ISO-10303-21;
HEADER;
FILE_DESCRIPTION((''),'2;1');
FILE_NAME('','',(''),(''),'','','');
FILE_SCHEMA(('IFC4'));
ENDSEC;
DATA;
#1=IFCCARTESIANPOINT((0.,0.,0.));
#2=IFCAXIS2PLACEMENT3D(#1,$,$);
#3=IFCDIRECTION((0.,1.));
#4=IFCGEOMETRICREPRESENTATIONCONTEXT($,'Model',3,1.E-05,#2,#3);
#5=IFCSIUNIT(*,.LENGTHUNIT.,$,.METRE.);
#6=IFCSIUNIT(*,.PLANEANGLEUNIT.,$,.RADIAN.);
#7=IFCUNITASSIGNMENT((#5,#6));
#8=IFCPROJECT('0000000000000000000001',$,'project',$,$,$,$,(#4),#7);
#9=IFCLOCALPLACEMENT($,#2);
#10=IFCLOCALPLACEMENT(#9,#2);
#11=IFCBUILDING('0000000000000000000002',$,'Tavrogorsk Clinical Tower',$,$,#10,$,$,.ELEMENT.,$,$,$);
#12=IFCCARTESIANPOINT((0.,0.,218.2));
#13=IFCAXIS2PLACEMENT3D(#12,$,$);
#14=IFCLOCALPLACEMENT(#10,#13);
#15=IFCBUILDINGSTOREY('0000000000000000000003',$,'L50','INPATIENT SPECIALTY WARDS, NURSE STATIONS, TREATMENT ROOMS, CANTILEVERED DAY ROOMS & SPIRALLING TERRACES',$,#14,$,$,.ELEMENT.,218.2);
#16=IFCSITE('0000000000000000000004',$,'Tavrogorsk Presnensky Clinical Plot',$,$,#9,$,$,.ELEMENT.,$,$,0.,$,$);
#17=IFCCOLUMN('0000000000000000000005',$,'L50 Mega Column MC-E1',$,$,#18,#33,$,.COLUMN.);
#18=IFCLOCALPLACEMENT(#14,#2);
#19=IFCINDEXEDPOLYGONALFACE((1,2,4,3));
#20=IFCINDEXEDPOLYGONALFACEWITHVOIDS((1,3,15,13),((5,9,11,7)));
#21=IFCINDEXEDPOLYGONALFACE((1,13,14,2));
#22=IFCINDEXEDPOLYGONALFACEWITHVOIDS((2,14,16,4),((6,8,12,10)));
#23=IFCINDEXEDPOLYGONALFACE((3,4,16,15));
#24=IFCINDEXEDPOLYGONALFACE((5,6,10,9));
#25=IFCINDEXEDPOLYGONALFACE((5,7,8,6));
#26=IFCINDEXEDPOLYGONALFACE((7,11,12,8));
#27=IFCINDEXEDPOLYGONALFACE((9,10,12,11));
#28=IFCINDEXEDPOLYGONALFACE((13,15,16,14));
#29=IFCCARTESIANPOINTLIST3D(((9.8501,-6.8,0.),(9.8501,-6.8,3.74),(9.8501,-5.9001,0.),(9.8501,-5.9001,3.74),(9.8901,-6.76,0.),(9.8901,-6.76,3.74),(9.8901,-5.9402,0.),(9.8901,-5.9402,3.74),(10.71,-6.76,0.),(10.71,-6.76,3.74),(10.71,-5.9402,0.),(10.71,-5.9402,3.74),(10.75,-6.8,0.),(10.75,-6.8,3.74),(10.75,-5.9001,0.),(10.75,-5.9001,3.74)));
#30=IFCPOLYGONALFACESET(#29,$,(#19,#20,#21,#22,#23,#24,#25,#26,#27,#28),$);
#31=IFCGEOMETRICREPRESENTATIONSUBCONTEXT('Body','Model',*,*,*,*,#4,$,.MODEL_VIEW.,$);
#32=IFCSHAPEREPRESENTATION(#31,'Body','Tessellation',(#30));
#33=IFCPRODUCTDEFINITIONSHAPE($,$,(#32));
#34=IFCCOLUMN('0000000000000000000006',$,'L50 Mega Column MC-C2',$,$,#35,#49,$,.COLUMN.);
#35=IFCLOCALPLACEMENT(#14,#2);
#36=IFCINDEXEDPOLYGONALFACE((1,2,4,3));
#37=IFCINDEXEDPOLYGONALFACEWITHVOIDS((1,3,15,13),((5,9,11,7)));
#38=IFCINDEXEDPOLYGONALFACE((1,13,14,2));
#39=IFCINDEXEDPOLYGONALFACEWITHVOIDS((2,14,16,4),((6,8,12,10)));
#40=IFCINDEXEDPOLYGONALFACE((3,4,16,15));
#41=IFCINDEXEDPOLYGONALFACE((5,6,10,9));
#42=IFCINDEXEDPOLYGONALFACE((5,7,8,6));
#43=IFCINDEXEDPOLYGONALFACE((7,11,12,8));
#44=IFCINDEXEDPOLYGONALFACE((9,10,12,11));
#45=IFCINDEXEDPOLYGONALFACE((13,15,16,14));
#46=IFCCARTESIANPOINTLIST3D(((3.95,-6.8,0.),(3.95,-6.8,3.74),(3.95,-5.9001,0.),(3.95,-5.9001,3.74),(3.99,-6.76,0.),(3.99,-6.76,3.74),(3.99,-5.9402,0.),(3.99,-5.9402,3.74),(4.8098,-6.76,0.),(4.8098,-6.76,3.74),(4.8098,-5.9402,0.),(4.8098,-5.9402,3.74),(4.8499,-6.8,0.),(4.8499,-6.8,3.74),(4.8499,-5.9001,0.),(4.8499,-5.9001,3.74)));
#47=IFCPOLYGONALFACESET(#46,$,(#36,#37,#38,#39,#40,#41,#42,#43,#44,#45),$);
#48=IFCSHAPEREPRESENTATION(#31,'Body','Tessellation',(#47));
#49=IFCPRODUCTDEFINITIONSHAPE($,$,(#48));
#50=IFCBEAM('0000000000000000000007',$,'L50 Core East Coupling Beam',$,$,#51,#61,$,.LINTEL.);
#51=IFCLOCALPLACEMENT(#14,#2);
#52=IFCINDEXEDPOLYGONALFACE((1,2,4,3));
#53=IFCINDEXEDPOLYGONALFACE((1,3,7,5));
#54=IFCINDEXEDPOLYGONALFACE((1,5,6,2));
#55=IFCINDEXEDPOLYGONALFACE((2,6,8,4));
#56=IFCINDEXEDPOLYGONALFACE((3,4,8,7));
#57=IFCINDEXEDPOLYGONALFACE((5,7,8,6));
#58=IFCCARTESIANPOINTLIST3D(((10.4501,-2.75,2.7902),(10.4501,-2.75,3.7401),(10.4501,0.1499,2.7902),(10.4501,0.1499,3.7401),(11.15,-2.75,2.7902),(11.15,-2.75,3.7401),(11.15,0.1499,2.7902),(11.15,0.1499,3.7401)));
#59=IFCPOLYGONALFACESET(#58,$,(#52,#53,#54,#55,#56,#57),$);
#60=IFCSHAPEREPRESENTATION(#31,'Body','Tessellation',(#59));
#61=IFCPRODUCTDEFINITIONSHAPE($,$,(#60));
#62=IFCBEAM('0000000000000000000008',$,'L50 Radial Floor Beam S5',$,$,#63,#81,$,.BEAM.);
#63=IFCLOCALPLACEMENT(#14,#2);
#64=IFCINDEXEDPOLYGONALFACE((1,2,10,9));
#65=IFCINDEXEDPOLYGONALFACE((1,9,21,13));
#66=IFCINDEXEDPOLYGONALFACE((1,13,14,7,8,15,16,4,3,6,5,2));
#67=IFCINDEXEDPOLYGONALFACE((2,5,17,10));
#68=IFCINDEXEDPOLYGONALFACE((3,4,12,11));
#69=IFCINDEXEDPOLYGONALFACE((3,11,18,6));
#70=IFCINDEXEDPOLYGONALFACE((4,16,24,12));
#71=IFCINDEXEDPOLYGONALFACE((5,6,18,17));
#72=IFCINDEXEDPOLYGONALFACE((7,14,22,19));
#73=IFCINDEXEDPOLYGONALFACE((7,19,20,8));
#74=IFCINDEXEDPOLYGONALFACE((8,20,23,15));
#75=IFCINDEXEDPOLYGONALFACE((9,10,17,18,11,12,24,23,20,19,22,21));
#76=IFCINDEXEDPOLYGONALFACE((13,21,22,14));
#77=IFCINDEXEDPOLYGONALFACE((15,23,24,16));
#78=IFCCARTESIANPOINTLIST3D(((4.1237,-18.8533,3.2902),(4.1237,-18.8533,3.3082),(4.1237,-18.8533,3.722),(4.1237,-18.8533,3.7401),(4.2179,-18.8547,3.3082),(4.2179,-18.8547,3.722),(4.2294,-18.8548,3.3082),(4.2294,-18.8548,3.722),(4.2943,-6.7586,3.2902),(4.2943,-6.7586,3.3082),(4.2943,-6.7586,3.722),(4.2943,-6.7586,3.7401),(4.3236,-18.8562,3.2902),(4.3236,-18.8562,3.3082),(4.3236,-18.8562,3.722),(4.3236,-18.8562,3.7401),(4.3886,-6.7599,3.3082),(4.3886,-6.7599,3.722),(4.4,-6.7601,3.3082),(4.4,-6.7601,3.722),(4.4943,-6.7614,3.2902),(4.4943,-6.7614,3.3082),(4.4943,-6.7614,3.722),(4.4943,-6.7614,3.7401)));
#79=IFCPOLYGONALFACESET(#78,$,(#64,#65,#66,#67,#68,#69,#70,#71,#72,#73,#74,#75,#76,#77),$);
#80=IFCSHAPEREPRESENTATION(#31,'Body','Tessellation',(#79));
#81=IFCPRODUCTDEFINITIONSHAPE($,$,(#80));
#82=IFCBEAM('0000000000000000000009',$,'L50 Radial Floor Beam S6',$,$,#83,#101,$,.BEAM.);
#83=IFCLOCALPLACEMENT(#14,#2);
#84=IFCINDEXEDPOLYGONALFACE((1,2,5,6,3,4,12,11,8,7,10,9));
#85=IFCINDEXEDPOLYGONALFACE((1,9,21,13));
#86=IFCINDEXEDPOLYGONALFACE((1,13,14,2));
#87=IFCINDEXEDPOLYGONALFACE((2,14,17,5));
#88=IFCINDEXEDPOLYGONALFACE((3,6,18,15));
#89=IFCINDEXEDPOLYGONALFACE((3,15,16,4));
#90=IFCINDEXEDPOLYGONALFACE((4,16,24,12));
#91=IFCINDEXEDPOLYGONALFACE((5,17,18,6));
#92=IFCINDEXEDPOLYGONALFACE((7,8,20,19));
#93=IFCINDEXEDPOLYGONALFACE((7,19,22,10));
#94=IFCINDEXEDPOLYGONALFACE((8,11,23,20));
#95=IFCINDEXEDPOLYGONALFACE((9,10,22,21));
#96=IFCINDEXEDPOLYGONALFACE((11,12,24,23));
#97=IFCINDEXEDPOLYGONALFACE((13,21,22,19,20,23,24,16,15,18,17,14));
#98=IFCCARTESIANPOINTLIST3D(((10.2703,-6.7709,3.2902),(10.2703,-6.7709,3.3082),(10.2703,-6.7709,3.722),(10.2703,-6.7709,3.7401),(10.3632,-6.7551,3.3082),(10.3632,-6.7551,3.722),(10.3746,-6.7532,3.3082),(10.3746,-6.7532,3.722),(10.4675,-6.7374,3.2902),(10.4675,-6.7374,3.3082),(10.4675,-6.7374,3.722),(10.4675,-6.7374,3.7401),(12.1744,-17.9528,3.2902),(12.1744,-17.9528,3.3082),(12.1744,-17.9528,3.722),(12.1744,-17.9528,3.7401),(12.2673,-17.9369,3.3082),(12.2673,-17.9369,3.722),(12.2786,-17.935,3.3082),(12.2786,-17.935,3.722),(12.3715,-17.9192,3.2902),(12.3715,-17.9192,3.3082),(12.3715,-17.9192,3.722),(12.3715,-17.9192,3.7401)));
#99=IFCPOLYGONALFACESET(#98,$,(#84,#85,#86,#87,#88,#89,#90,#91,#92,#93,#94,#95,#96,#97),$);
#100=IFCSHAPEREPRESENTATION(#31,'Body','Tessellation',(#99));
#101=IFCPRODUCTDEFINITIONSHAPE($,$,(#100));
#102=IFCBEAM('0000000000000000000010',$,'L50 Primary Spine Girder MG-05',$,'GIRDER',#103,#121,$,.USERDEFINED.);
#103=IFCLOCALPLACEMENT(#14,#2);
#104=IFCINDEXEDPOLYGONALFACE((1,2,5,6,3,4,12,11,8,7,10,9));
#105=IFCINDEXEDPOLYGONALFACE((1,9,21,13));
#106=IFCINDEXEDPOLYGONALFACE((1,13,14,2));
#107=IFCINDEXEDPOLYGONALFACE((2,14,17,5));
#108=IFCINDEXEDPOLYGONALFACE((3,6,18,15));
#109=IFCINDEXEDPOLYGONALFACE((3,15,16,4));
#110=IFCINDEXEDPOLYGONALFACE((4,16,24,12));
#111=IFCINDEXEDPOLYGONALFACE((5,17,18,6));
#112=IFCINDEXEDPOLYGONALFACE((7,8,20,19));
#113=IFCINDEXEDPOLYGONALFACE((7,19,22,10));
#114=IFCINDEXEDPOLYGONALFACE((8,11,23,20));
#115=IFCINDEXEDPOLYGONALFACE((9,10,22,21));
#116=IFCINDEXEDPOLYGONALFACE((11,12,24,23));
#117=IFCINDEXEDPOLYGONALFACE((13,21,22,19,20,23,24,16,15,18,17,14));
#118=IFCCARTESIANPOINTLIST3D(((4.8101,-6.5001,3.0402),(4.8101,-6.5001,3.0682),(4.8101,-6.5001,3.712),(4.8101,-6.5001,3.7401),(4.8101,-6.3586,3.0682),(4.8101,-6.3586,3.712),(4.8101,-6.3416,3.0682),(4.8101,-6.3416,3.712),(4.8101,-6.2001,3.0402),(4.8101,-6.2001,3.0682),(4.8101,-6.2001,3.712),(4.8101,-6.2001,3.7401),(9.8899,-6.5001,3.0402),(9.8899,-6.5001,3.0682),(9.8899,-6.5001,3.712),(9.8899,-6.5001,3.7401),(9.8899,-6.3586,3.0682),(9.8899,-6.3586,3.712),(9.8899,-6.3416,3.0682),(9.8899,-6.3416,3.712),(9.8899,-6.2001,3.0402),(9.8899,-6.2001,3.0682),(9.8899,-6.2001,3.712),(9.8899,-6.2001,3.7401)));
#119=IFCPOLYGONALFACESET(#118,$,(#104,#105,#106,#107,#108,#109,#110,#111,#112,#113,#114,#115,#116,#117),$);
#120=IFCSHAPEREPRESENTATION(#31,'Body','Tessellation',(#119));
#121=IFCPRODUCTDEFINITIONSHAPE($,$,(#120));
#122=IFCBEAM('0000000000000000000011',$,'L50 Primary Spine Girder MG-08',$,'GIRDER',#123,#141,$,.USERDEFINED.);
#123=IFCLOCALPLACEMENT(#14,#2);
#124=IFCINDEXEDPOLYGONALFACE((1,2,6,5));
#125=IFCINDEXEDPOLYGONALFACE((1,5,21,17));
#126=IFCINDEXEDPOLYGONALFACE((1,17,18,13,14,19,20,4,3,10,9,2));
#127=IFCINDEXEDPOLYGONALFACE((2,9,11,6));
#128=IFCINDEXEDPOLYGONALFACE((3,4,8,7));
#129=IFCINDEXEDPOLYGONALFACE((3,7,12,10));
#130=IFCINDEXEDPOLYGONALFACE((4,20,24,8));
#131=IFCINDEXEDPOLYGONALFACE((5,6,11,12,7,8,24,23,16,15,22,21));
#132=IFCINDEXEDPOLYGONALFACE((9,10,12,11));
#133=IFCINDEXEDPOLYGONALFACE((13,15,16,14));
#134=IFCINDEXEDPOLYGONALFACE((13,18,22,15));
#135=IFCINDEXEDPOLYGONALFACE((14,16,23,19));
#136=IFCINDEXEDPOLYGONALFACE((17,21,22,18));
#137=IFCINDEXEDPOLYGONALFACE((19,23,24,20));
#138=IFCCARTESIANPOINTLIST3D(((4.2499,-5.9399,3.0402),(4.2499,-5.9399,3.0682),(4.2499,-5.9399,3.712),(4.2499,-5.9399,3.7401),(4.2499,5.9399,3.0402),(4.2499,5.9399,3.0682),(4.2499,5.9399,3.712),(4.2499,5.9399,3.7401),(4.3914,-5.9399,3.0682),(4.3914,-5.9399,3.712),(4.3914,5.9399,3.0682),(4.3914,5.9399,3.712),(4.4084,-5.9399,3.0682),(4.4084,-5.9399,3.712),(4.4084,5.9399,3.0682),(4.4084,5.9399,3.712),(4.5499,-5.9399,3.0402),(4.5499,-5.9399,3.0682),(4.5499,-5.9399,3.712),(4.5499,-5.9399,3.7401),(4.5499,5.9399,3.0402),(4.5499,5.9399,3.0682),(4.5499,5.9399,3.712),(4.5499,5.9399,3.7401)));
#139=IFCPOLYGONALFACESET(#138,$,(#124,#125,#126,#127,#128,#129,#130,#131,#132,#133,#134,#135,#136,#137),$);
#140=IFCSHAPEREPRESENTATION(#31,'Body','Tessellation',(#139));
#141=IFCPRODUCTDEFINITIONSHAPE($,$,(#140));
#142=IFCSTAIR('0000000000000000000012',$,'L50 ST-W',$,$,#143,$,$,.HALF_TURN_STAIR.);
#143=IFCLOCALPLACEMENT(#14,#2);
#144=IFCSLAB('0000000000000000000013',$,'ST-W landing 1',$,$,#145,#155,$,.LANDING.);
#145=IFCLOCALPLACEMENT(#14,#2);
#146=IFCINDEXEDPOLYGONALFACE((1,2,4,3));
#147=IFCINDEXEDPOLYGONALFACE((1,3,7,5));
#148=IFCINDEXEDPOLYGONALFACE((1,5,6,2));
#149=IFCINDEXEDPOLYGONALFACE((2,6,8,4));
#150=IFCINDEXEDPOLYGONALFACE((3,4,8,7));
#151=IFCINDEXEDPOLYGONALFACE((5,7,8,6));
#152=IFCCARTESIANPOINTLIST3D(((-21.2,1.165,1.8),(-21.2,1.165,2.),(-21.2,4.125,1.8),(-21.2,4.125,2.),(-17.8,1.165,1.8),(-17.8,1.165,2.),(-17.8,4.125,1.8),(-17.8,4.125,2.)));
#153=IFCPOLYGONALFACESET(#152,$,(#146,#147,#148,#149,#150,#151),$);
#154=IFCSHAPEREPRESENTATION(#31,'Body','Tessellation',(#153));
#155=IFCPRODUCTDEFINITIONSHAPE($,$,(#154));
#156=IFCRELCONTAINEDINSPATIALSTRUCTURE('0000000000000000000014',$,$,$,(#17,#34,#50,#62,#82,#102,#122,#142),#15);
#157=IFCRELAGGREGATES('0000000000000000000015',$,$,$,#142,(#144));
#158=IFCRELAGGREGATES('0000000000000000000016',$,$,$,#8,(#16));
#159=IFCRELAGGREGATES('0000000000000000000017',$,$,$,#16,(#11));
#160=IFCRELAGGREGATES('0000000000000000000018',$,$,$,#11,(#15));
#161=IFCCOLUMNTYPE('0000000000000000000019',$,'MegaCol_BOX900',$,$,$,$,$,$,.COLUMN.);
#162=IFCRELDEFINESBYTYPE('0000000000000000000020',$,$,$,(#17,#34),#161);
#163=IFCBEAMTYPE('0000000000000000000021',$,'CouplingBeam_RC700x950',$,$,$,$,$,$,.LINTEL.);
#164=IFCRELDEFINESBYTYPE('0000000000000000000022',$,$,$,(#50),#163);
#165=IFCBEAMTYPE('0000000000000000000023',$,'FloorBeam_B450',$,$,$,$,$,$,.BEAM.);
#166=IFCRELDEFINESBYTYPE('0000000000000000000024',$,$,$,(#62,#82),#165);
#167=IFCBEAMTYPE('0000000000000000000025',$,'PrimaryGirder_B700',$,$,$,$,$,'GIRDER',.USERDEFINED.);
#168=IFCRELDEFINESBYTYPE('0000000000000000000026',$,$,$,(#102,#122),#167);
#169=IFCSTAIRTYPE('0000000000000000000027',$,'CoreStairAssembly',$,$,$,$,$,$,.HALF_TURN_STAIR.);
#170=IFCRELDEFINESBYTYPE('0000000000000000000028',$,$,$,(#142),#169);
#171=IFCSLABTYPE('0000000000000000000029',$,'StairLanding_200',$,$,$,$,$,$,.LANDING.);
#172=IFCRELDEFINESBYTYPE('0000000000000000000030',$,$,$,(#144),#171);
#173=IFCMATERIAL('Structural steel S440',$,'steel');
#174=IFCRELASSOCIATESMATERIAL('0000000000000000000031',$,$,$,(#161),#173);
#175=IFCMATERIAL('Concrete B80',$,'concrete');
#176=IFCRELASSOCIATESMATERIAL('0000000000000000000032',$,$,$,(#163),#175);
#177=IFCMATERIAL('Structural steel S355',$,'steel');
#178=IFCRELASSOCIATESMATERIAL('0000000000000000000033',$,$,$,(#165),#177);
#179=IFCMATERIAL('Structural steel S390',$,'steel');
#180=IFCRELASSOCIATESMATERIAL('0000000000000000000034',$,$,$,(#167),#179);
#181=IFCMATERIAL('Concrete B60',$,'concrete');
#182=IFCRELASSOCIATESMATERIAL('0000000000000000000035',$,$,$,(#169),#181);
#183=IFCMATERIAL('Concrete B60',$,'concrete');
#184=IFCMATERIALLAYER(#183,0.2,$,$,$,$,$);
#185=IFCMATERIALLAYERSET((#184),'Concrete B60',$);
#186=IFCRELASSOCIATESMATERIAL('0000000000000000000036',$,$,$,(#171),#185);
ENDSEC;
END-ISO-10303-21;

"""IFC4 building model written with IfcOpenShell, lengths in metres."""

from ifc_helpers import new_model, si_unit, direction, frame, origin, origin_2d, place, context, subcontext, project, spatial, polyline, rectangle, hollow_rectangle, i_section, outline, extrude, material, layer, layer_set, material_profile, profile_set, type_object, element, aggregate, save


model = new_model("IFC4")

# Units and contexts
model_context = context("Model", 3, precision=1e-05, world=origin(), true_north=direction((0.0, 1.0)))
body_context = subcontext(model_context, "Body", "Model", "MODEL_VIEW")
ifc_project = project(units=[si_unit("LENGTHUNIT", "METRE"), si_unit("PLANEANGLEUNIT", "RADIAN")], contexts=[model_context])

# Site, building, storey
site_placement = place(None, origin())
site = spatial("IfcSite", under=ifc_project, at=site_placement, Name="Tavrogorsk Presnensky Clinical Plot", CompositionType="ELEMENT", RefElevation=0.0)
building_placement = place(site_placement, origin())
building = spatial("IfcBuilding", under=site, at=building_placement, Name="Tavrogorsk Clinical Tower", CompositionType="ELEMENT")
storey_placement = place(building_placement, frame((0.0, 0.0, 218.2)))
storey = spatial("IfcBuildingStorey", under=building, at=storey_placement, Name="L50", Description="INPATIENT SPECIALTY WARDS, NURSE STATIONS, TREATMENT ROOMS, CANTILEVERED DAY ROOMS & SPIRALLING TERRACES", CompositionType="ELEMENT", Elevation=218.2)

# Columns
ifc_material_1 = material(Name="Structural steel S440", Category="steel")
ifc_material_profile_1 = material_profile(ifc_material_1, hollow_rectangle(XDim=0.8999, YDim=0.8999, WallThickness=0.04, at=origin_2d()), Name="BOX-900x900x40")
ifc_profile_set_1 = profile_set([ifc_material_profile_1], Name="Structural steel S440")
column_type = type_object("IfcColumnType", Name="MegaCol_BOX900", PredefinedType="COLUMN", material=ifc_profile_set_1)
for number, where, z_axis, x_axis, name in (
    (1, (10.3, -6.3501, 0.0), (0.0, 0.0, 1.0), (1.0, 0.0, 0.0), "L50 Mega Column MC-E1"),
    (2, (4.3999, -6.3501, 0.0), (0.0, 0.0, 1.0), (1.0, 0.0, 0.0), "L50 Mega Column MC-C2"),
):
    element("IfcColumn", number, at=place(storey_placement, frame(where, z_axis=z_axis, x_axis=x_axis)), inside=storey, type_object=column_type, Name=name, PredefinedType="COLUMN", context=body_context, shape_type="SweptSolid", body=[
        extrude(hollow_rectangle(XDim=0.8999, YDim=0.8999, WallThickness=0.04, at=origin_2d()), origin(), (0.0, 0.0, 1.0), 3.74),
    ])

# Beams
ifc_material_2 = material(Name="Concrete B80", Category="concrete")
ifc_material_profile_2 = material_profile(ifc_material_2, rectangle(XDim=0.7, YDim=0.95, at=origin_2d()), Name="RC-CB-700x950")
ifc_profile_set_2 = profile_set([ifc_material_profile_2], Name="Concrete B80")
beam_type_1 = type_object("IfcBeamType", Name="CouplingBeam_RC700x950", PredefinedType="LINTEL", material=ifc_profile_set_2)
beam_1_placement = place(storey_placement, frame((10.8, -2.75, 3.2651), z_axis=(0.0, 1.0, 0.0), x_axis=(-1.0, 0.0, 0.0)))
element("IfcBeam", 3, at=beam_1_placement, inside=storey, type_object=beam_type_1, Name="L50 Core East Coupling Beam", PredefinedType="LINTEL", context=body_context, shape_type="SweptSolid", body=[
    extrude(rectangle(XDim=0.7, YDim=0.95, at=origin_2d()), origin(), (0.0, 0.0, 1.0), 2.8999),
])
ifc_material_3 = material(Name="Structural steel S355", Category="steel")
ifc_material_profile_3 = material_profile(ifc_material_3, i_section(OverallWidth=0.2, OverallDepth=0.45, WebThickness=0.0115, FlangeThickness=0.0181, at=origin_2d()), Name="B-450x200x11.5x18")
ifc_profile_set_3 = profile_set([ifc_material_profile_3], Name="Structural steel S355")
beam_type_2 = type_object("IfcBeamType", Name="FloorBeam_B450", PredefinedType="BEAM", material=ifc_profile_set_3)
beam_2_placement = place(storey_placement, frame((4.3943, -6.76, 3.5151), z_axis=(-0.014108, -0.9999, 0.0), x_axis=(0.9999, -0.014108, 0.0)))
element("IfcBeam", 4, at=beam_2_placement, inside=storey, type_object=beam_type_2, Name="L50 Radial Floor Beam S5", PredefinedType="BEAM", context=body_context, shape_type="SweptSolid", body=[
    extrude(i_section(OverallWidth=0.2, OverallDepth=0.45, WebThickness=0.0115, FlangeThickness=0.0181, at=origin_2d()), origin(), (0.0, 0.0, 1.0), 12.0959),
])
beam_3_placement = place(storey_placement, frame((10.3689, -6.7542, 3.5151), z_axis=(0.167864, -0.98581, 0.0), x_axis=(0.98581, 0.167864, 0.0)))
element("IfcBeam", 5, at=beam_3_placement, inside=storey, type_object=beam_type_2, Name="L50 Radial Floor Beam S6", PredefinedType="BEAM", context=body_context, shape_type="SweptSolid", body=[
    extrude(i_section(OverallWidth=0.2, OverallDepth=0.45, WebThickness=0.0115, FlangeThickness=0.0181, at=origin_2d()), origin(), (0.0, 0.0, 1.0), 11.3428),
])
ifc_material_4 = material(Name="Structural steel S390", Category="steel")
ifc_material_profile_4 = material_profile(ifc_material_4, i_section(OverallWidth=0.3, OverallDepth=0.7, WebThickness=0.0171, FlangeThickness=0.0281, at=origin_2d()), Name="B-700x300x17x28")
ifc_profile_set_4 = profile_set([ifc_material_profile_4], Name="Structural steel S390")
beam_type_3 = type_object("IfcBeamType", Name="PrimaryGirder_B700", ElementType="GIRDER", PredefinedType="USERDEFINED", material=ifc_profile_set_4)
beam_4_placement = place(storey_placement, frame((4.8101, -6.3501, 3.3901), z_axis=(1.0, 0.0, 0.0), x_axis=(0.0, 1.0, 0.0)))
element("IfcBeam", 6, at=beam_4_placement, inside=storey, type_object=beam_type_3, Name="L50 Primary Spine Girder MG-05", ObjectType="GIRDER", PredefinedType="USERDEFINED", context=body_context, shape_type="SweptSolid", body=[
    extrude(i_section(OverallWidth=0.3, OverallDepth=0.7, WebThickness=0.0171, FlangeThickness=0.0281, at=origin_2d()), origin(), (0.0, 0.0, 1.0), 5.0798),
])
beam_5_placement = place(storey_placement, frame((4.3999, -5.9399, 3.3901), z_axis=(0.0, 1.0, 0.0), x_axis=(-1.0, 0.0, 0.0)))
element("IfcBeam", 7, at=beam_5_placement, inside=storey, type_object=beam_type_3, Name="L50 Primary Spine Girder MG-08", ObjectType="GIRDER", PredefinedType="USERDEFINED", context=body_context, shape_type="SweptSolid", body=[
    extrude(i_section(OverallWidth=0.3, OverallDepth=0.7, WebThickness=0.0171, FlangeThickness=0.0281, at=origin_2d()), origin(), (0.0, 0.0, 1.0), 11.8799),
])

# Stair, slab
ifc_material_5 = material(Name="Concrete B60", Category="concrete")
stair_type = type_object("IfcStairType", Name="CoreStairAssembly", PredefinedType="HALF_TURN_STAIR", material=ifc_material_5)
stair_placement = place(storey_placement, origin())
stair = element("IfcStair", 8, at=stair_placement, inside=storey, type_object=stair_type, Name="L50 ST-W", PredefinedType="HALF_TURN_STAIR")
ifc_material_6 = material(Name="Concrete B60", Category="concrete")
ifc_layer_1 = layer(ifc_material_6, 0.2)
ifc_layer_set_1 = layer_set([ifc_layer_1], Name="Concrete B60")
slab_type_1 = type_object("IfcSlabType", Name="StairLanding_200", PredefinedType="LANDING", material=ifc_layer_set_1)
slab_1_placement = place(storey_placement, frame((0.0, 0.0, 1.8)))
slab_1 = element("IfcSlab", 9, at=slab_1_placement, type_object=slab_type_1, Name="ST-W landing 1", PredefinedType="LANDING", context=body_context, shape_type="SweptSolid", body=[
    extrude(outline(polyline([(-17.8, 1.165), (-17.8, 4.125), (-21.2, 4.125), (-21.2, 1.165), (-17.8, 1.165)])), origin(), (0.0, 0.0, 1.0), 0.2),
])
aggregate(stair, [slab_1])

save(model, "model.ifc")
